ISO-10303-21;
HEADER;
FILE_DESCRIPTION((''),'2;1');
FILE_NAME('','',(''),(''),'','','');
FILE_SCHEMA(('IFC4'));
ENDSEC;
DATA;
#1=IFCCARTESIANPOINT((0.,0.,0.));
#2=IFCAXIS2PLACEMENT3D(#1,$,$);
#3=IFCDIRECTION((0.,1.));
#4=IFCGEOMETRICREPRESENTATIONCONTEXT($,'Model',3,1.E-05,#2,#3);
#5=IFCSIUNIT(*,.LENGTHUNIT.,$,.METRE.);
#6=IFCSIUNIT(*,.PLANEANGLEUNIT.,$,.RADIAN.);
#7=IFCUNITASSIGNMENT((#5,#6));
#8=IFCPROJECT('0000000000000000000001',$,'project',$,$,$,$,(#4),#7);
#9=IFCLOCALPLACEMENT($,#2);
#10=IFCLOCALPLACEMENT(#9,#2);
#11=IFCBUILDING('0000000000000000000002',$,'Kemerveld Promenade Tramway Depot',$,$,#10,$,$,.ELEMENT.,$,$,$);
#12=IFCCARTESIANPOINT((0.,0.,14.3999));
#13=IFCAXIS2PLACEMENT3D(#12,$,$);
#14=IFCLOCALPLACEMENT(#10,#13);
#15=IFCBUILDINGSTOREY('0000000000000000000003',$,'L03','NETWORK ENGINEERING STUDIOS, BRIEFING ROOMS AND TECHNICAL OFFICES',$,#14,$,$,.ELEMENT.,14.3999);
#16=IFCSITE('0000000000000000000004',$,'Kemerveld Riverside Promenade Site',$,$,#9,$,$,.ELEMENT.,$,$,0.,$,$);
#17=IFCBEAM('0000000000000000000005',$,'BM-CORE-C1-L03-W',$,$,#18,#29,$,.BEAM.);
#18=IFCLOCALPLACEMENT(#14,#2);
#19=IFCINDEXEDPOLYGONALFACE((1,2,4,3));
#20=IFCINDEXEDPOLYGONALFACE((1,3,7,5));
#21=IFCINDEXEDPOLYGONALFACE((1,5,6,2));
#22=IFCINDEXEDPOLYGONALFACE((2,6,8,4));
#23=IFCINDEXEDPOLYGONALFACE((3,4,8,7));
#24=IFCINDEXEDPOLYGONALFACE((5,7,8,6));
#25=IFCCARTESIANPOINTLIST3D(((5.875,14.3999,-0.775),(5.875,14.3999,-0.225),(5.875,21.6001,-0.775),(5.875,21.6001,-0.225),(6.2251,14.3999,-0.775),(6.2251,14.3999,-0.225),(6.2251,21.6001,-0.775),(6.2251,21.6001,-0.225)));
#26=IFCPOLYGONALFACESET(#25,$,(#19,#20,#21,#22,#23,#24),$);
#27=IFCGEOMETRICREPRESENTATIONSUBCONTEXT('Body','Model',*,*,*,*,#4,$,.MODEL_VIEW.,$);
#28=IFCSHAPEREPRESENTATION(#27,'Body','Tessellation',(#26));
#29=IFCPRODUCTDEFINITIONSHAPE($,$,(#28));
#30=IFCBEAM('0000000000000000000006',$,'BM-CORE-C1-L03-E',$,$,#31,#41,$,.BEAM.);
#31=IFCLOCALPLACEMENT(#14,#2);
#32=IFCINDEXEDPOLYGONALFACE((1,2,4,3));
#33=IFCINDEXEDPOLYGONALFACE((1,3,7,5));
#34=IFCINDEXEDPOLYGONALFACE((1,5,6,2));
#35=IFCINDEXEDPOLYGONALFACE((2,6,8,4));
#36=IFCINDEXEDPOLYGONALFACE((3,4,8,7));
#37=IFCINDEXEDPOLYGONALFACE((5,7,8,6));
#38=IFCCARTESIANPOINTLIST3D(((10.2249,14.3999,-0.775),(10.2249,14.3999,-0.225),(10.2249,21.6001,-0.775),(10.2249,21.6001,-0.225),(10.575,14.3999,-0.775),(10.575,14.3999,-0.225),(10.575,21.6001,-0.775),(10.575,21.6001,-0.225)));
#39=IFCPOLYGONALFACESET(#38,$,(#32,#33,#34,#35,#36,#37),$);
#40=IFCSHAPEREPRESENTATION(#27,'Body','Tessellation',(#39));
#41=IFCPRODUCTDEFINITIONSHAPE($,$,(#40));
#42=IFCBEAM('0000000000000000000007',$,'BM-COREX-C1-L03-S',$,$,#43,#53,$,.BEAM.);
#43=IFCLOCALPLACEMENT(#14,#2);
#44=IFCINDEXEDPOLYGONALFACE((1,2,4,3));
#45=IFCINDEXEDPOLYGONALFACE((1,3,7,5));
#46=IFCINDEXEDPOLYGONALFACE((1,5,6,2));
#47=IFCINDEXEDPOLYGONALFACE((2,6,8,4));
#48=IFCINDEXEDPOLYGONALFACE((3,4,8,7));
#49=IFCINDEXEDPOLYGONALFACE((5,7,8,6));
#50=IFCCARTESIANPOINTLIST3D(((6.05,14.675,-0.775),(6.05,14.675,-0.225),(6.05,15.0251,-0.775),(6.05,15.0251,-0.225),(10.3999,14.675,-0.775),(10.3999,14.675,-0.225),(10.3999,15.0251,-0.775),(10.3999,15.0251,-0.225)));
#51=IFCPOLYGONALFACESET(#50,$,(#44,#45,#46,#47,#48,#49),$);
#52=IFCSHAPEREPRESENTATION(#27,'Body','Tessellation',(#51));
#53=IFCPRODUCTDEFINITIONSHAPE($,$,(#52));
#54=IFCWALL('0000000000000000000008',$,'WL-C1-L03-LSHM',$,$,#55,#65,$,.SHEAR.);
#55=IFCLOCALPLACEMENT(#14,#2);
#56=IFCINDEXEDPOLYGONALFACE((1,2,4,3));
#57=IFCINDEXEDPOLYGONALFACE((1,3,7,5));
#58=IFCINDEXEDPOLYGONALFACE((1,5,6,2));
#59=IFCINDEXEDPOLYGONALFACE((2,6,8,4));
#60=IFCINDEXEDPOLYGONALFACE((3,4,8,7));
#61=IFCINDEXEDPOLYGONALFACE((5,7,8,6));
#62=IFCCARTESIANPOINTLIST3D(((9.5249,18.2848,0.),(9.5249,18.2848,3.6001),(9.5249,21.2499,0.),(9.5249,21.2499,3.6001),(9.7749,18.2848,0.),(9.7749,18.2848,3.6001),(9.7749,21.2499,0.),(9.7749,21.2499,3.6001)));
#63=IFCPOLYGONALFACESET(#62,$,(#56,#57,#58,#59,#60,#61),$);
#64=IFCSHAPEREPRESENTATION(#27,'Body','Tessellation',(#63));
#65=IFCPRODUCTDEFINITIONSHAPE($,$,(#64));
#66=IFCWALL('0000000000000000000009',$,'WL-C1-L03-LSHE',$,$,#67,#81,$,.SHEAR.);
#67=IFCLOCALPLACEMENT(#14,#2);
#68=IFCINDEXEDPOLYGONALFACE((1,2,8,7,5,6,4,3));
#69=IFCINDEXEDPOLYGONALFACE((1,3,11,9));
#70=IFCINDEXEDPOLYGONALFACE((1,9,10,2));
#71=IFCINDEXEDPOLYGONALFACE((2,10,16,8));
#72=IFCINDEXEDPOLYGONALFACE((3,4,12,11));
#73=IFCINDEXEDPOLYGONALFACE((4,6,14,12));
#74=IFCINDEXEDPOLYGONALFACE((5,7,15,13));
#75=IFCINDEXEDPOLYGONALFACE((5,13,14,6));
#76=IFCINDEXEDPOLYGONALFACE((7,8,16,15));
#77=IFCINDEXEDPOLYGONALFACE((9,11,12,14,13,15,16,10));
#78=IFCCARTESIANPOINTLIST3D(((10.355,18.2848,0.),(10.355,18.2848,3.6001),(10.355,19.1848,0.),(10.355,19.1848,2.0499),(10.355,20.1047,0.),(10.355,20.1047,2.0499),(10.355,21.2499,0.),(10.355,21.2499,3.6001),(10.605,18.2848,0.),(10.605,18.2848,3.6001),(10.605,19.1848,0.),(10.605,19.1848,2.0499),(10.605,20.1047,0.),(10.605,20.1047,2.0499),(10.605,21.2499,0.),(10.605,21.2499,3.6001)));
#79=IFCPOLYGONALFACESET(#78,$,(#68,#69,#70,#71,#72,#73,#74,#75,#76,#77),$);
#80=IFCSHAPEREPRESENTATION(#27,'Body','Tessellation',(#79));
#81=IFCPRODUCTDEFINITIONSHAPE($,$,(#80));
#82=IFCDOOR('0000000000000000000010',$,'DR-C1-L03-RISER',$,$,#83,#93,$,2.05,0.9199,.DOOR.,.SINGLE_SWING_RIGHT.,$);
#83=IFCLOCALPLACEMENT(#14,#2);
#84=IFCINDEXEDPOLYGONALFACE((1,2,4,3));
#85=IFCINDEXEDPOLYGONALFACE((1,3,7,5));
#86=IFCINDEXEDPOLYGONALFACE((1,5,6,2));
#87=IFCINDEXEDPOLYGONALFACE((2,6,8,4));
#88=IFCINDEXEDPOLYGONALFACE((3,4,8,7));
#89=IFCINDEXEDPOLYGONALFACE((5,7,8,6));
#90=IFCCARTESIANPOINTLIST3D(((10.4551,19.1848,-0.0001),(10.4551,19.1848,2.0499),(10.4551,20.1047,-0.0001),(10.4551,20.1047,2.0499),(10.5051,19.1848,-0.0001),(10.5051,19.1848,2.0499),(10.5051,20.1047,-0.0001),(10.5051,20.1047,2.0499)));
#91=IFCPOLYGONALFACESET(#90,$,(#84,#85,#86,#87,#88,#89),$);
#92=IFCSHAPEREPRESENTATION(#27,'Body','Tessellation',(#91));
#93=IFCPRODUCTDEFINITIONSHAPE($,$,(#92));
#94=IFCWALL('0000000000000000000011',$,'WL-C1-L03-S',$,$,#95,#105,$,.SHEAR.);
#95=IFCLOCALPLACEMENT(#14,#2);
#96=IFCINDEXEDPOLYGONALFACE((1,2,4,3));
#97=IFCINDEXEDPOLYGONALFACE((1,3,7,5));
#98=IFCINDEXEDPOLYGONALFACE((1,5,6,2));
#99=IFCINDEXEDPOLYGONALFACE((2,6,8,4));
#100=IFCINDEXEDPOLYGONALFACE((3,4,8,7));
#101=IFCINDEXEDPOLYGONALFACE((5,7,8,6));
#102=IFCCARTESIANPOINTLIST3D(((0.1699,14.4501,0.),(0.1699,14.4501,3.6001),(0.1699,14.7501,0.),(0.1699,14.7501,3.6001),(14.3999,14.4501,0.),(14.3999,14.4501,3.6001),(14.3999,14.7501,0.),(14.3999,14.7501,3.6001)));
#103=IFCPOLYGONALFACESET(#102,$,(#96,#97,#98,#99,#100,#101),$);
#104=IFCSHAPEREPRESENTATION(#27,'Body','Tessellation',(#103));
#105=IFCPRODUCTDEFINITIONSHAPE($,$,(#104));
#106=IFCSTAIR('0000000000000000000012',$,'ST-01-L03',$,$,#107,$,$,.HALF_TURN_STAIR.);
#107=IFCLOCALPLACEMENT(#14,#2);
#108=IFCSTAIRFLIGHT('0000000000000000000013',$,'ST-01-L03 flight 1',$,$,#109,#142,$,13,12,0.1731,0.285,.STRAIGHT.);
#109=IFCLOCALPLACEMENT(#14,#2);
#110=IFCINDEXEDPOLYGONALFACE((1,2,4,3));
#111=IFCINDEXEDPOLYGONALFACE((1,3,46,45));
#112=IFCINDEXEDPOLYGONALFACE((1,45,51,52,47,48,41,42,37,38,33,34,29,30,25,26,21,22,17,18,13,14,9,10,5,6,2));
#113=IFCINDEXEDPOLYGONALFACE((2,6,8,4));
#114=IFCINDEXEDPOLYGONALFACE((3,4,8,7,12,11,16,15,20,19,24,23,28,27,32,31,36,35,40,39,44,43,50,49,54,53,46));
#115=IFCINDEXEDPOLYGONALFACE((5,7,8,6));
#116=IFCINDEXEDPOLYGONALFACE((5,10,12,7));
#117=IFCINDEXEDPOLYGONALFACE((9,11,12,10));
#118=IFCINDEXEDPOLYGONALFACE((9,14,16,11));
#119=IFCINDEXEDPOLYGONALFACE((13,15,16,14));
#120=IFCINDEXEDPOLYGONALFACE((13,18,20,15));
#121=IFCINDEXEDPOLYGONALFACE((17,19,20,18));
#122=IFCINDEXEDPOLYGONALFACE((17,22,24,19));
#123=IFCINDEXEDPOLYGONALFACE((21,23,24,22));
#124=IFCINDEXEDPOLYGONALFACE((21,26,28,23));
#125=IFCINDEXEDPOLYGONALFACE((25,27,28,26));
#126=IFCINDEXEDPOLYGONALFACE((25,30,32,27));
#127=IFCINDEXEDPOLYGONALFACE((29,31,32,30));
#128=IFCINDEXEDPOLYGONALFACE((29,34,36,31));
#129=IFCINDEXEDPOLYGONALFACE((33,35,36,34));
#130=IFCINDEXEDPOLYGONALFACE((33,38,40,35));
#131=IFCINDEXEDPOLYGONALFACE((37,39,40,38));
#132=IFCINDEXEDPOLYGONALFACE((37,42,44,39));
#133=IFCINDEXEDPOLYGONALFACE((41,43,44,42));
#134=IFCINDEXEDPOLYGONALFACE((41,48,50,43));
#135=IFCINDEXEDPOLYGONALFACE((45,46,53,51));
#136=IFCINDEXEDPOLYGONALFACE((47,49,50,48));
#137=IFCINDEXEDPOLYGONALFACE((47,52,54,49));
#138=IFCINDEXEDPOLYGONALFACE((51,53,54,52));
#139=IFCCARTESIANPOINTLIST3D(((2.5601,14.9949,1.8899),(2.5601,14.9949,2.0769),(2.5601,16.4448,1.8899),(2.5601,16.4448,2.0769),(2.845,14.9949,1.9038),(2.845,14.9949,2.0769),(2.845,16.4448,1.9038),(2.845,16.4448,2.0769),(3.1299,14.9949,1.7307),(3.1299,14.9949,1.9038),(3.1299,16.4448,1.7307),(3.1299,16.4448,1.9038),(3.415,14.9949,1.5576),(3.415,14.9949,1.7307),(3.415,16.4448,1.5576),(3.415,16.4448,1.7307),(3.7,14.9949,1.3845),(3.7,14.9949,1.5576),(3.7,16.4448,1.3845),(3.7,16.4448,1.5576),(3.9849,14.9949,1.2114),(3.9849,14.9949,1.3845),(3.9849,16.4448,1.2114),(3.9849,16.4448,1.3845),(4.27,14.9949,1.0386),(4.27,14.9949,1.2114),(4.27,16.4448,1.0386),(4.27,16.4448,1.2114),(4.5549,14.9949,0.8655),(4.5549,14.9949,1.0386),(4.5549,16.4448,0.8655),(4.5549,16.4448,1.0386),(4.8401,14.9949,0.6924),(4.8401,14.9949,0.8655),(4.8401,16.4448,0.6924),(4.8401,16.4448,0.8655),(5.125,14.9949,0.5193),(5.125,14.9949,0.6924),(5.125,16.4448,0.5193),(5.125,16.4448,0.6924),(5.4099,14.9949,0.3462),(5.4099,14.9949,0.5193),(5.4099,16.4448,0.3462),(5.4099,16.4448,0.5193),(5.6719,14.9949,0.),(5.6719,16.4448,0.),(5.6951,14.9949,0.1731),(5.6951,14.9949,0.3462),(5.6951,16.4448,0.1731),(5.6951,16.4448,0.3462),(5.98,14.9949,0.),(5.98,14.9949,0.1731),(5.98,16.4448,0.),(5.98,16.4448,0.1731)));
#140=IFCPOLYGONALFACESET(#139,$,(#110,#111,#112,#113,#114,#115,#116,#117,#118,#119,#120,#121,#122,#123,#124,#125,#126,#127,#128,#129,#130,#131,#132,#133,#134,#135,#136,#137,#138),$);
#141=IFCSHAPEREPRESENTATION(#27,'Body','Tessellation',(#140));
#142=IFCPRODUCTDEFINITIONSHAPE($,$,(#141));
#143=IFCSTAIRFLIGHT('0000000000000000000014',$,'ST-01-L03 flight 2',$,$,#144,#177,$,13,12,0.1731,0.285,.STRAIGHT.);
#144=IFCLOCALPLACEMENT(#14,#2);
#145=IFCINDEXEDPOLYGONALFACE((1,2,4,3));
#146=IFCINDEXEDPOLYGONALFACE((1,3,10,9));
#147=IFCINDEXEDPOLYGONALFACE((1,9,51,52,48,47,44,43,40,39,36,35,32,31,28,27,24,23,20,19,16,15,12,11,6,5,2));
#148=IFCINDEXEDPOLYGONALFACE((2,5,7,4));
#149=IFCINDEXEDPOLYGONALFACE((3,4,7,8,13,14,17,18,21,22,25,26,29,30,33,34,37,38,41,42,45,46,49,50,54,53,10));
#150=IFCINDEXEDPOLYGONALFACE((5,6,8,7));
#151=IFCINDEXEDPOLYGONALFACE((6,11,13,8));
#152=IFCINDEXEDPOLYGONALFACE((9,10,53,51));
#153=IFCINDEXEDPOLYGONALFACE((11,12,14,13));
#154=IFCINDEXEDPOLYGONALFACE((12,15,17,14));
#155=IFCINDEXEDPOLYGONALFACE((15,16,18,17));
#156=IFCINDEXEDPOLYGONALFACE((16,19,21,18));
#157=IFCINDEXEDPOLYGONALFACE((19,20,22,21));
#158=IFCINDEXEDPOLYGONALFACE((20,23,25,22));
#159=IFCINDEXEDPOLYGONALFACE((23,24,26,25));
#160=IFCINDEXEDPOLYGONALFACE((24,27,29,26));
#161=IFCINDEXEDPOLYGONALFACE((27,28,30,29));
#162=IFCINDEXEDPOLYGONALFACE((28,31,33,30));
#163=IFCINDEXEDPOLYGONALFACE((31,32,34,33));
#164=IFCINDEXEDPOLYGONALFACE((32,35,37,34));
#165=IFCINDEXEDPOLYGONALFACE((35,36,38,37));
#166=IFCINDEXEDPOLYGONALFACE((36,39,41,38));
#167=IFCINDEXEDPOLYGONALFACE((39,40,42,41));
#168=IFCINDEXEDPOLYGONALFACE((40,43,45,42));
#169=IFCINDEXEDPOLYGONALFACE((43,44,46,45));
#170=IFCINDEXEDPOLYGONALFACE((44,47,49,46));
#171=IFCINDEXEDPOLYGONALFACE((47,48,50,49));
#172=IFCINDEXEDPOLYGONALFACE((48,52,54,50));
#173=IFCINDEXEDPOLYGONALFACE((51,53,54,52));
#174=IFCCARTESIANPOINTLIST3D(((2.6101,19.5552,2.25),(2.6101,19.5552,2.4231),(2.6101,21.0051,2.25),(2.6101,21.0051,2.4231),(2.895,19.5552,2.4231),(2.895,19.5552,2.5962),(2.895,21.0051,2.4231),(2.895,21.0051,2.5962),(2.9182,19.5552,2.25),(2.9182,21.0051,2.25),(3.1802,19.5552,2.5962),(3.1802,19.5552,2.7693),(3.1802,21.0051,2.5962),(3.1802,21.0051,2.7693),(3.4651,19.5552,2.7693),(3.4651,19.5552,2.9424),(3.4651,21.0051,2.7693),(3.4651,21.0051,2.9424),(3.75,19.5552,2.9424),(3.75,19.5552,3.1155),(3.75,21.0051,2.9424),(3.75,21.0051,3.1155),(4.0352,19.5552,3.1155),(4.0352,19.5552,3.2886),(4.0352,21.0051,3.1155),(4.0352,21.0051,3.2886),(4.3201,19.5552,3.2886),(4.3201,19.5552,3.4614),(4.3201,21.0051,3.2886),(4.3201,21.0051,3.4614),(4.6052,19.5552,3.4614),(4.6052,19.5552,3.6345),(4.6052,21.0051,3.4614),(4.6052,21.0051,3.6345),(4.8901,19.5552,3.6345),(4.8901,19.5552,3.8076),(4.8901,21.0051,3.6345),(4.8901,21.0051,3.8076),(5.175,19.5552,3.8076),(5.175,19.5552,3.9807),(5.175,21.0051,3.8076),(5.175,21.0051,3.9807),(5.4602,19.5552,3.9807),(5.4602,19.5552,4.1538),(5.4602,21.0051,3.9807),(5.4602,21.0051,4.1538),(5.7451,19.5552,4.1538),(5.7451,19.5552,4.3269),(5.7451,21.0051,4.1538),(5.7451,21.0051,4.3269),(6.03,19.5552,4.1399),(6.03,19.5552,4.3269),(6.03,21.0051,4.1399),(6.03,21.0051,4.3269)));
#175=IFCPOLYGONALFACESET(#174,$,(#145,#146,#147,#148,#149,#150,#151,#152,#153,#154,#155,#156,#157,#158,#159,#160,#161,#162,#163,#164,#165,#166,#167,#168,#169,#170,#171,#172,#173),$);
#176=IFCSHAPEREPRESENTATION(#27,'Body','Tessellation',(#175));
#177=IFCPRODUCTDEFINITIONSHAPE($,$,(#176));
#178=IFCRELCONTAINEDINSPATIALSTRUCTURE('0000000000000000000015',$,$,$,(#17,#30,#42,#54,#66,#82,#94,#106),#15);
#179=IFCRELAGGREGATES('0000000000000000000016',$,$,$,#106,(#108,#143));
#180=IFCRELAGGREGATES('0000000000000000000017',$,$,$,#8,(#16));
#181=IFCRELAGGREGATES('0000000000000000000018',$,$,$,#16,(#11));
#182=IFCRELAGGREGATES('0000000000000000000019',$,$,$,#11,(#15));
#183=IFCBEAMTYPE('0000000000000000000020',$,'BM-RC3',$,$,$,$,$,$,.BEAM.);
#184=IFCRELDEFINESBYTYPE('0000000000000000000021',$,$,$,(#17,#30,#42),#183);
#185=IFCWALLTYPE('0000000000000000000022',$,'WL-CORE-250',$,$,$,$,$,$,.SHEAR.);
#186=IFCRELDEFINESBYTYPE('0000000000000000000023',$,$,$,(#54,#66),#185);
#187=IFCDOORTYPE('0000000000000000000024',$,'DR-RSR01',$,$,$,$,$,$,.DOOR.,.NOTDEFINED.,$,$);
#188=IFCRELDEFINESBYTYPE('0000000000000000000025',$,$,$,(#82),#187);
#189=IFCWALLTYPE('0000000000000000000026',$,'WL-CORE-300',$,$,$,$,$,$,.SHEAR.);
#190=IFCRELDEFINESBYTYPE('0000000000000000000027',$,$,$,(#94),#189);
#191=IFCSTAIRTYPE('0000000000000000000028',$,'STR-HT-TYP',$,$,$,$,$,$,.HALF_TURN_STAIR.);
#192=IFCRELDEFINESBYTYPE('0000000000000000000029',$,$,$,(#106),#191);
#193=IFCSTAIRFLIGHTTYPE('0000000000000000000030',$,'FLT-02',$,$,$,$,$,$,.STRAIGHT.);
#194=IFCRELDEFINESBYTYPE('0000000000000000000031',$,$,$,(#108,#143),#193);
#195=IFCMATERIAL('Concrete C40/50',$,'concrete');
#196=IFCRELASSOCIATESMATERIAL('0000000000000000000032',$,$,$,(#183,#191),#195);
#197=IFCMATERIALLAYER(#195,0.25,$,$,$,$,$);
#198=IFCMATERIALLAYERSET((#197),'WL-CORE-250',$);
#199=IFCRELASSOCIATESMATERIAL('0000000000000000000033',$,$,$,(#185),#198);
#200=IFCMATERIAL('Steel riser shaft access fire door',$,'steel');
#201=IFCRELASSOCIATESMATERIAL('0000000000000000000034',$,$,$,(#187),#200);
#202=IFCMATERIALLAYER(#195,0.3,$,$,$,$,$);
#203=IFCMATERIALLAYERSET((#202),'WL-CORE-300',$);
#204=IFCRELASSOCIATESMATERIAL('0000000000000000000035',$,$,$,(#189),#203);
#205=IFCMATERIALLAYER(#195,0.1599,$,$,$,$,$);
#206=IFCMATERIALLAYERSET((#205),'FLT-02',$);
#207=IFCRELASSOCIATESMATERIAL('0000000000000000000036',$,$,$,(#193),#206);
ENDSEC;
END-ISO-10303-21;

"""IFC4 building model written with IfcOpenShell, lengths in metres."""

from ifc_helpers import new_model, si_unit, direction, frame, frame_2d, origin, origin_2d, place, context, subcontext, project, spatial, polyline, rectangle, outline, extrude, material, layer, layer_set, material_profile, profile_set, type_object, element, fill, aggregate, save


model = new_model("IFC4")

# Units and contexts
model_context = context("Model", 3, precision=1e-05, world=origin(), true_north=direction((0.0, 1.0)))
body_context = subcontext(model_context, "Body", "Model", "MODEL_VIEW")
ifc_project = project(units=[si_unit("LENGTHUNIT", "METRE"), si_unit("PLANEANGLEUNIT", "RADIAN")], contexts=[model_context])

# Site, building, storey
site_placement = place(None, origin())
site = spatial("IfcSite", under=ifc_project, at=site_placement, Name="Kemerveld Riverside Promenade Site", CompositionType="ELEMENT", RefElevation=0.0)
building_placement = place(site_placement, origin())
building = spatial("IfcBuilding", under=site, at=building_placement, Name="Kemerveld Promenade Tramway Depot", CompositionType="ELEMENT")
storey_placement = place(building_placement, frame((0.0, 0.0, 14.3999)))
storey = spatial("IfcBuildingStorey", under=building, at=storey_placement, Name="L03", Description="NETWORK ENGINEERING STUDIOS, BRIEFING ROOMS AND TECHNICAL OFFICES", CompositionType="ELEMENT", Elevation=14.3999)

# Beams
ifc_material_1 = material(Name="Concrete C40/50", Category="concrete")
ifc_material_profile_1 = material_profile(ifc_material_1, rectangle(XDim=0.3501, YDim=0.55, at=origin_2d()), Name="RC-BM-350x550")
ifc_profile_set_1 = profile_set([ifc_material_profile_1], Name="Concrete C40/50")
beam_type_1 = type_object("IfcBeamType", Name="BM-RC3", PredefinedType="BEAM", material=ifc_profile_set_1)
for number, where, z_axis, x_axis, name in (
    (1, (6.05, 14.3999, -0.5), (0.0, 1.0, 0.0), (-1.0, 0.0, 0.0), "BM-CORE-C1-L03-W"),
    (2, (10.3999, 14.3999, -0.5), (0.0, 1.0, 0.0), (-1.0, 0.0, 0.0), "BM-CORE-C1-L03-E"),
):
    element("IfcBeam", number, at=place(storey_placement, frame(where, z_axis=z_axis, x_axis=x_axis)), inside=storey, type_object=beam_type_1, Name=name, PredefinedType="BEAM", context=body_context, shape_type="SweptSolid", body=[
        extrude(rectangle(XDim=0.3501, YDim=0.55, at=origin_2d()), origin(), (0.0, 0.0, 1.0), 7.2002),
    ])
beam_1_placement = place(storey_placement, frame((6.05, 14.8501, -0.5), z_axis=(1.0, 0.0, 0.0), x_axis=(0.0, 1.0, 0.0)))
element("IfcBeam", 3, at=beam_1_placement, inside=storey, type_object=beam_type_1, Name="BM-COREX-C1-L03-S", PredefinedType="BEAM", context=body_context, shape_type="SweptSolid", body=[
    extrude(rectangle(XDim=0.3501, YDim=0.55, at=origin_2d()), origin(), (0.0, 0.0, 1.0), 4.3499),
])

# Shared definitions
ifc_layer_1 = layer(ifc_material_1, 0.25)
ifc_layer_set_1 = layer_set([ifc_layer_1], Name="WL-CORE-250")
wall_type_1 = type_object("IfcWallType", Name="WL-CORE-250", PredefinedType="SHEAR", material=ifc_layer_set_1)

# Wall
wall_1_placement = place(storey_placement, frame((9.6499, 18.2849, 0.0), z_axis=(0.0, 0.0, 1.0), x_axis=(0.0, 1.0, 0.0)))
element("IfcWall", 4, at=wall_1_placement, inside=storey, type_object=wall_type_1, Name="WL-C1-L03-LSHM", PredefinedType="SHEAR", context=body_context, shape_type="SweptSolid", body=[
    extrude(rectangle(XDim=2.9651, YDim=0.25, at=frame_2d((1.4824, 0.0))), origin(), (0.0, 0.0, 1.0), 3.6001),
])

# Wall, opening, door
wall_2_placement = place(storey_placement, frame((10.48, 18.2849, 0.0), z_axis=(0.0, 0.0, 1.0), x_axis=(0.0, 1.0, 0.0)))
wall_2 = element("IfcWall", 5, at=wall_2_placement, inside=storey, type_object=wall_type_1, Name="WL-C1-L03-LSHE", PredefinedType="SHEAR", context=body_context, shape_type="SweptSolid", body=[
    extrude(rectangle(XDim=2.9651, YDim=0.25, at=frame_2d((1.4824, 0.0))), origin(), (0.0, 0.0, 1.0), 3.6001),
])
opening_1_placement = place(wall_2_placement, frame((0.8999, 0.0, 0.0)))
opening_1 = element("IfcOpeningElement", 6, at=opening_1_placement, cuts=wall_2, PredefinedType="OPENING", context=body_context, shape_type="SweptSolid", body=[
    extrude(rectangle(XDim=0.9199, YDim=2.05, at=frame_2d((0.46, 1.0249))), frame((0.0, 0.135, 0.0), z_axis=(0.0, -1.0, 0.0), x_axis=(1.0, 0.0, 0.0)), (0.0, 0.0, 1.0), 0.27),
])
ifc_material_2 = material(Name="Steel riser shaft access fire door", Category="steel")
door_type_1 = type_object("IfcDoorType", Name="DR-RSR01", OperationType="NOTDEFINED", PredefinedType="DOOR", material=ifc_material_2)
door_1_placement = place(opening_1_placement, origin())
door_1 = element("IfcDoor", 7, at=door_1_placement, inside=storey, type_object=door_type_1, Name="DR-C1-L03-RISER", OperationType="SINGLE_SWING_RIGHT", OverallHeight=2.05, OverallWidth=0.9199, PredefinedType="DOOR", context=body_context, shape_type="SweptSolid", body=[
    extrude(rectangle(XDim=0.9199, YDim=2.05, at=frame_2d((0.46, 1.0249))), frame((0.0, 0.0249, 0.0), z_axis=(0.0, -1.0, 0.0), x_axis=(1.0, 0.0, 0.0)), (0.0, 0.0, 1.0), 0.05),
])
fill(opening_1, door_1)

# Wall
ifc_layer_2 = layer(ifc_material_1, 0.3)
ifc_layer_set_2 = layer_set([ifc_layer_2], Name="WL-CORE-300")
wall_type_2 = type_object("IfcWallType", Name="WL-CORE-300", PredefinedType="SHEAR", material=ifc_layer_set_2)
wall_3_placement = place(storey_placement, frame((0.1699, 14.6001, 0.0), z_axis=(0.0, 0.0, 1.0), x_axis=(1.0, 0.0, 0.0)))
element("IfcWall", 8, at=wall_3_placement, inside=storey, type_object=wall_type_2, Name="WL-C1-L03-S", PredefinedType="SHEAR", context=body_context, shape_type="SweptSolid", body=[
    extrude(rectangle(XDim=14.23, YDim=0.3, at=frame_2d((7.115, 0.0))), origin(), (0.0, 0.0, 1.0), 3.6001),
])

# Stair, stair flights
stair_type = type_object("IfcStairType", Name="STR-HT-TYP", PredefinedType="HALF_TURN_STAIR", material=ifc_material_1)
stair_placement = place(storey_placement, origin())
stair = element("IfcStair", 9, at=stair_placement, inside=storey, type_object=stair_type, Name="ST-01-L03", PredefinedType="HALF_TURN_STAIR")
ifc_layer_3 = layer(ifc_material_1, 0.1599)
ifc_layer_set_3 = layer_set([ifc_layer_3], Name="FLT-02")
stair_flight_type = type_object("IfcStairFlightType", Name="FLT-02", PredefinedType="STRAIGHT", material=ifc_layer_set_3)
stair_flight_1_placement = place(storey_placement, frame((5.98, 15.72, 0.0), z_axis=(0.0, 0.0, 1.0), x_axis=(-1.0, 0.0, 0.0)))
stair_flight_1 = element("IfcStairFlight", 10, at=stair_flight_1_placement, type_object=stair_flight_type, Name="ST-01-L03 flight 1", NumberOfRisers=13, NumberOfTreads=12, PredefinedType="STRAIGHT", RiserHeight=0.1731, TreadLength=0.285, context=body_context, shape_type="SweptSolid", body=[
    extrude(outline(polyline([(0.0, 0.0), (0.0, 0.1731), (0.2849, 0.1731), (0.2849, 0.3462), (0.5701, 0.3462), (0.5701, 0.5193), (0.855, 0.5193), (0.855, 0.6924), (1.1399, 0.6924), (1.1399, 0.8655), (1.425, 0.8655), (1.425, 1.0386), (1.71, 1.0386), (1.71, 1.2114), (1.9951, 1.2114), (1.9951, 1.3845), (2.28, 1.3845), (2.28, 1.5576), (2.5649, 1.5576), (2.5649, 1.7307), (2.8501, 1.7307), (2.8501, 1.9038), (3.135, 1.9038), (3.135, 2.0769), (3.4199, 2.0769), (3.4199, 2.25), (3.4199, 1.8899), (0.3081, 0.0), (0.0, 0.0)])), frame((0.0, 0.7251, 0.0), z_axis=(0.0, -1.0, 0.0), x_axis=(1.0, 0.0, 0.0)), (0.0, 0.0, 1.0), 1.45),
])
stair_flight_2_placement = place(storey_placement, frame((2.6101, 20.28, 2.25), z_axis=(0.0, 0.0, 1.0), x_axis=(1.0, 0.0, 0.0)))
stair_flight_2 = element("IfcStairFlight", 11, at=stair_flight_2_placement, type_object=stair_flight_type, Name="ST-01-L03 flight 2", NumberOfRisers=13, NumberOfTreads=12, PredefinedType="STRAIGHT", RiserHeight=0.1731, TreadLength=0.285, context=body_context, shape_type="SweptSolid", body=[
    extrude(outline(polyline([(0.0, 0.0), (0.0, 0.1731), (0.2849, 0.1731), (0.2849, 0.3462), (0.5701, 0.3462), (0.5701, 0.5193), (0.855, 0.5193), (0.855, 0.6924), (1.1399, 0.6924), (1.1399, 0.8655), (1.425, 0.8655), (1.425, 1.0386), (1.71, 1.0386), (1.71, 1.2114), (1.9951, 1.2114), (1.9951, 1.3845), (2.28, 1.3845), (2.28, 1.5576), (2.5649, 1.5576), (2.5649, 1.7307), (2.8501, 1.7307), (2.8501, 1.9038), (3.135, 1.9038), (3.135, 2.0769), (3.4199, 2.0769), (3.4199, 2.25), (3.4199, 1.8899), (0.3081, 0.0), (0.0, 0.0)])), frame((0.0, 0.7251, 0.0), z_axis=(0.0, -1.0, 0.0), x_axis=(1.0, 0.0, 0.0)), (0.0, 0.0, 1.0), 1.45),
])
aggregate(stair, [stair_flight_1, stair_flight_2])

save(model, "model.ifc")
